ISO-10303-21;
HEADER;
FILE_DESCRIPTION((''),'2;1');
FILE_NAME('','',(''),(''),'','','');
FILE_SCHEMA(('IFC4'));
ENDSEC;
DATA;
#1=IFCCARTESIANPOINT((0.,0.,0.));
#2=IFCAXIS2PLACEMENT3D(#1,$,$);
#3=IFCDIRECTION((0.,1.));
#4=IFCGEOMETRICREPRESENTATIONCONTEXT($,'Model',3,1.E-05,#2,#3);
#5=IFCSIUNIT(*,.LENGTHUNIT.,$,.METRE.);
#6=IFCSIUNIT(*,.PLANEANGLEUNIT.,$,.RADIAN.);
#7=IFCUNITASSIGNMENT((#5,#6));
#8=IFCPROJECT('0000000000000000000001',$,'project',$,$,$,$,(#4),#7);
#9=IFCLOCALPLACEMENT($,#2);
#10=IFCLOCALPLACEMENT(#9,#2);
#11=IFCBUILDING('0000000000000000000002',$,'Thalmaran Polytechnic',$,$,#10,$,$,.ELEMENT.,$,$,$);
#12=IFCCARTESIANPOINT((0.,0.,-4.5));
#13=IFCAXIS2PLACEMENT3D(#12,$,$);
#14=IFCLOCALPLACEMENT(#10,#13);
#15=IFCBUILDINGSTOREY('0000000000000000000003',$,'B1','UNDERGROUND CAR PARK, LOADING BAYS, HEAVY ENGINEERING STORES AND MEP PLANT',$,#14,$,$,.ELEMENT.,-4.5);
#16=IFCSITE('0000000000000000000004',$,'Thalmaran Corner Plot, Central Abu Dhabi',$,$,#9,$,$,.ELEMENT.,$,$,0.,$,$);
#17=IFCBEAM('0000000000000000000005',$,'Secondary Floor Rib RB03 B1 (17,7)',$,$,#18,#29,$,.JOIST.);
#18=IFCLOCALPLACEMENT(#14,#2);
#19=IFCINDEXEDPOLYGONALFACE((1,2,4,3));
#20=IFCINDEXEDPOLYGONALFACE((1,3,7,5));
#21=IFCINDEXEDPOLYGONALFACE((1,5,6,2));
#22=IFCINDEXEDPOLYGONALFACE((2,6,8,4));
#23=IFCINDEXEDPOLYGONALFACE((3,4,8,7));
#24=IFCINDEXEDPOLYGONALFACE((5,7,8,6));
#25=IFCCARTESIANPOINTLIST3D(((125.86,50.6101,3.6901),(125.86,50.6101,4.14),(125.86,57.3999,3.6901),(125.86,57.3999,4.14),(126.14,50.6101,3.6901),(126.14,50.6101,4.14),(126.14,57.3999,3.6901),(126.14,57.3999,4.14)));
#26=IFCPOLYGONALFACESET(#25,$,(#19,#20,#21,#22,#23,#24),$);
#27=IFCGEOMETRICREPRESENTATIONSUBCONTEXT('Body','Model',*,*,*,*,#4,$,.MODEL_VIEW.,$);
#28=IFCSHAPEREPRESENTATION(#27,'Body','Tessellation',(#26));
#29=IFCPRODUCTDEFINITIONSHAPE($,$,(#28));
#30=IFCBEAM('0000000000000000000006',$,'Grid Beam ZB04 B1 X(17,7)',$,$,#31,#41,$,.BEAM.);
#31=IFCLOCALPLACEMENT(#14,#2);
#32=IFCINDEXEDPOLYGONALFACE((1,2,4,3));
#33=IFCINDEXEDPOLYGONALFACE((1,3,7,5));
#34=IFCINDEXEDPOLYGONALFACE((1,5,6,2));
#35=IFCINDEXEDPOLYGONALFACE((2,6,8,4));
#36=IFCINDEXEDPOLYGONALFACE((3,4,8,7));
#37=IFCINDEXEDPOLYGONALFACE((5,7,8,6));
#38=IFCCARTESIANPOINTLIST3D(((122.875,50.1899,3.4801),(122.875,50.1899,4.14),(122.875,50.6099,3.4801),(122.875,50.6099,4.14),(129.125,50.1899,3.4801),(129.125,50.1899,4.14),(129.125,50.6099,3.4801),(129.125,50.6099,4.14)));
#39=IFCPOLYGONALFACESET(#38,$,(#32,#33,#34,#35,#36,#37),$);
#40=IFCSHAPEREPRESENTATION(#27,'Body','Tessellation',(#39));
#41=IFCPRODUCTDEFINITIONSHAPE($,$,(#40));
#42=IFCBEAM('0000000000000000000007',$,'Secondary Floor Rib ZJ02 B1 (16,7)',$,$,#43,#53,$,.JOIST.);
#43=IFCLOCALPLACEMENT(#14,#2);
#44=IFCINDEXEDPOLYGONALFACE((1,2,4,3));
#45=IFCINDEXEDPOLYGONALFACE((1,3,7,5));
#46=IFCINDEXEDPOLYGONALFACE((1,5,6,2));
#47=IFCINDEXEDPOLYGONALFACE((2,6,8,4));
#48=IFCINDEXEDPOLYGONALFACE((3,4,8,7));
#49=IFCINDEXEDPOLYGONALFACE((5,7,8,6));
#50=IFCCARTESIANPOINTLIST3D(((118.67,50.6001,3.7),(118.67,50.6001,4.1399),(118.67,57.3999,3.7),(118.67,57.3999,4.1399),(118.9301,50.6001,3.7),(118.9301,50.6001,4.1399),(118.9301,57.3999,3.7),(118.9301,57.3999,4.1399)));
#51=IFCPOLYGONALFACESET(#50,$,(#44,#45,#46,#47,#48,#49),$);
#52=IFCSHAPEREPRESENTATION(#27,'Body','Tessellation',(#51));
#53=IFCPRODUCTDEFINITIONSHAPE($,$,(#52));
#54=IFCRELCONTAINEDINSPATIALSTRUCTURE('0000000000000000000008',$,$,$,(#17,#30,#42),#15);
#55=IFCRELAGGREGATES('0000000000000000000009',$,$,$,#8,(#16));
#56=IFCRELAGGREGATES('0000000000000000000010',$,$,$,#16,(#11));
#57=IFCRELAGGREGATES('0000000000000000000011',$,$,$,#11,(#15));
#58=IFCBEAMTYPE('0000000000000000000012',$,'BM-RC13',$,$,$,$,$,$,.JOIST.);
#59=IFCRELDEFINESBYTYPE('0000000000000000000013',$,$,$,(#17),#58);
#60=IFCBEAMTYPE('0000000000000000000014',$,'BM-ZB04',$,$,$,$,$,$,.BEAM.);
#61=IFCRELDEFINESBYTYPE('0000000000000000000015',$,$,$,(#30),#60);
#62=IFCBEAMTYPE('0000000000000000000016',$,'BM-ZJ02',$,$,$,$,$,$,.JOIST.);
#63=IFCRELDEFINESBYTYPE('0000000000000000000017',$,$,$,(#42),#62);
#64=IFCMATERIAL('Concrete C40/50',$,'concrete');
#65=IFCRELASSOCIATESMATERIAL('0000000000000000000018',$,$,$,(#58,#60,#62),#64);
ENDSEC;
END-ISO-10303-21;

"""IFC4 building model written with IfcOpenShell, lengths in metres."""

from ifc_helpers import new_model, si_unit, direction, frame, origin, origin_2d, place, context, subcontext, project, spatial, rectangle, extrude, material, material_profile, profile_set, type_object, element, save


model = new_model("IFC4")

# Units and contexts
model_context = context("Model", 3, precision=1e-05, world=origin(), true_north=direction((0.0, 1.0)))
body_context = subcontext(model_context, "Body", "Model", "MODEL_VIEW")
ifc_project = project(units=[si_unit("LENGTHUNIT", "METRE"), si_unit("PLANEANGLEUNIT", "RADIAN")], contexts=[model_context])

# Site, building, storey
site_placement = place(None, origin())
site = spatial("IfcSite", under=ifc_project, at=site_placement, Name="Thalmaran Corner Plot, Central Abu Dhabi", CompositionType="ELEMENT", RefElevation=0.0)
building_placement = place(site_placement, origin())
building = spatial("IfcBuilding", under=site, at=building_placement, Name="Thalmaran Polytechnic", CompositionType="ELEMENT")
storey_placement = place(building_placement, frame((0.0, 0.0, -4.5)))
storey = spatial("IfcBuildingStorey", under=building, at=storey_placement, Name="B1", Description="UNDERGROUND CAR PARK, LOADING BAYS, HEAVY ENGINEERING STORES AND MEP PLANT", CompositionType="ELEMENT", Elevation=-4.5)

# Shared definitions
ifc_material_1 = material(Name="Concrete C40/50", Category="concrete")

# Beams
ifc_material_profile_1 = material_profile(ifc_material_1, rectangle(XDim=0.28, YDim=0.45, at=origin_2d()), Name="RC 280x450")
ifc_profile_set_1 = profile_set([ifc_material_profile_1], Name="Concrete C40/50")
beam_type_1 = type_object("IfcBeamType", Name="BM-RC13", PredefinedType="JOIST", material=ifc_profile_set_1)
beam_1_placement = place(storey_placement, frame((126.0, 50.6101, 3.915), z_axis=(0.0, 1.0, 0.0), x_axis=(-1.0, 0.0, 0.0)))
element("IfcBeam", 1, at=beam_1_placement, inside=storey, type_object=beam_type_1, Name="Secondary Floor Rib RB03 B1 (17,7)", PredefinedType="JOIST", context=body_context, shape_type="SweptSolid", body=[
    extrude(rectangle(XDim=0.28, YDim=0.45, at=origin_2d()), origin(), (0.0, 0.0, 1.0), 6.7898),
])
ifc_material_profile_2 = material_profile(ifc_material_1, rectangle(XDim=0.4199, YDim=0.6599, at=origin_2d()), Name="RC 420x660")
ifc_profile_set_2 = profile_set([ifc_material_profile_2], Name="Concrete C40/50")
beam_type_2 = type_object("IfcBeamType", Name="BM-ZB04", PredefinedType="BEAM", material=ifc_profile_set_2)
beam_2_placement = place(storey_placement, frame((122.875, 50.3999, 3.8101), z_axis=(1.0, 0.0, 0.0), x_axis=(0.0, 1.0, 0.0)))
element("IfcBeam", 2, at=beam_2_placement, inside=storey, type_object=beam_type_2, Name="Grid Beam ZB04 B1 X(17,7)", PredefinedType="BEAM", context=body_context, shape_type="SweptSolid", body=[
    extrude(rectangle(XDim=0.4199, YDim=0.6599, at=origin_2d()), origin(), (0.0, 0.0, 1.0), 6.25),
])
ifc_material_profile_3 = material_profile(ifc_material_1, rectangle(XDim=0.26, YDim=0.4399, at=origin_2d()), Name="RC 260x440")
ifc_profile_set_3 = profile_set([ifc_material_profile_3], Name="Concrete C40/50")
beam_type_3 = type_object("IfcBeamType", Name="BM-ZJ02", PredefinedType="JOIST", material=ifc_profile_set_3)
beam_3_placement = place(storey_placement, frame((118.8, 50.6001, 3.9199), z_axis=(0.0, 1.0, 0.0), x_axis=(-1.0, 0.0, 0.0)))
element("IfcBeam", 3, at=beam_3_placement, inside=storey, type_object=beam_type_3, Name="Secondary Floor Rib ZJ02 B1 (16,7)", PredefinedType="JOIST", context=body_context, shape_type="SweptSolid", body=[
    extrude(rectangle(XDim=0.26, YDim=0.4399, at=origin_2d()), origin(), (0.0, 0.0, 1.0), 6.7998),
])

save(model, "model.ifc")
